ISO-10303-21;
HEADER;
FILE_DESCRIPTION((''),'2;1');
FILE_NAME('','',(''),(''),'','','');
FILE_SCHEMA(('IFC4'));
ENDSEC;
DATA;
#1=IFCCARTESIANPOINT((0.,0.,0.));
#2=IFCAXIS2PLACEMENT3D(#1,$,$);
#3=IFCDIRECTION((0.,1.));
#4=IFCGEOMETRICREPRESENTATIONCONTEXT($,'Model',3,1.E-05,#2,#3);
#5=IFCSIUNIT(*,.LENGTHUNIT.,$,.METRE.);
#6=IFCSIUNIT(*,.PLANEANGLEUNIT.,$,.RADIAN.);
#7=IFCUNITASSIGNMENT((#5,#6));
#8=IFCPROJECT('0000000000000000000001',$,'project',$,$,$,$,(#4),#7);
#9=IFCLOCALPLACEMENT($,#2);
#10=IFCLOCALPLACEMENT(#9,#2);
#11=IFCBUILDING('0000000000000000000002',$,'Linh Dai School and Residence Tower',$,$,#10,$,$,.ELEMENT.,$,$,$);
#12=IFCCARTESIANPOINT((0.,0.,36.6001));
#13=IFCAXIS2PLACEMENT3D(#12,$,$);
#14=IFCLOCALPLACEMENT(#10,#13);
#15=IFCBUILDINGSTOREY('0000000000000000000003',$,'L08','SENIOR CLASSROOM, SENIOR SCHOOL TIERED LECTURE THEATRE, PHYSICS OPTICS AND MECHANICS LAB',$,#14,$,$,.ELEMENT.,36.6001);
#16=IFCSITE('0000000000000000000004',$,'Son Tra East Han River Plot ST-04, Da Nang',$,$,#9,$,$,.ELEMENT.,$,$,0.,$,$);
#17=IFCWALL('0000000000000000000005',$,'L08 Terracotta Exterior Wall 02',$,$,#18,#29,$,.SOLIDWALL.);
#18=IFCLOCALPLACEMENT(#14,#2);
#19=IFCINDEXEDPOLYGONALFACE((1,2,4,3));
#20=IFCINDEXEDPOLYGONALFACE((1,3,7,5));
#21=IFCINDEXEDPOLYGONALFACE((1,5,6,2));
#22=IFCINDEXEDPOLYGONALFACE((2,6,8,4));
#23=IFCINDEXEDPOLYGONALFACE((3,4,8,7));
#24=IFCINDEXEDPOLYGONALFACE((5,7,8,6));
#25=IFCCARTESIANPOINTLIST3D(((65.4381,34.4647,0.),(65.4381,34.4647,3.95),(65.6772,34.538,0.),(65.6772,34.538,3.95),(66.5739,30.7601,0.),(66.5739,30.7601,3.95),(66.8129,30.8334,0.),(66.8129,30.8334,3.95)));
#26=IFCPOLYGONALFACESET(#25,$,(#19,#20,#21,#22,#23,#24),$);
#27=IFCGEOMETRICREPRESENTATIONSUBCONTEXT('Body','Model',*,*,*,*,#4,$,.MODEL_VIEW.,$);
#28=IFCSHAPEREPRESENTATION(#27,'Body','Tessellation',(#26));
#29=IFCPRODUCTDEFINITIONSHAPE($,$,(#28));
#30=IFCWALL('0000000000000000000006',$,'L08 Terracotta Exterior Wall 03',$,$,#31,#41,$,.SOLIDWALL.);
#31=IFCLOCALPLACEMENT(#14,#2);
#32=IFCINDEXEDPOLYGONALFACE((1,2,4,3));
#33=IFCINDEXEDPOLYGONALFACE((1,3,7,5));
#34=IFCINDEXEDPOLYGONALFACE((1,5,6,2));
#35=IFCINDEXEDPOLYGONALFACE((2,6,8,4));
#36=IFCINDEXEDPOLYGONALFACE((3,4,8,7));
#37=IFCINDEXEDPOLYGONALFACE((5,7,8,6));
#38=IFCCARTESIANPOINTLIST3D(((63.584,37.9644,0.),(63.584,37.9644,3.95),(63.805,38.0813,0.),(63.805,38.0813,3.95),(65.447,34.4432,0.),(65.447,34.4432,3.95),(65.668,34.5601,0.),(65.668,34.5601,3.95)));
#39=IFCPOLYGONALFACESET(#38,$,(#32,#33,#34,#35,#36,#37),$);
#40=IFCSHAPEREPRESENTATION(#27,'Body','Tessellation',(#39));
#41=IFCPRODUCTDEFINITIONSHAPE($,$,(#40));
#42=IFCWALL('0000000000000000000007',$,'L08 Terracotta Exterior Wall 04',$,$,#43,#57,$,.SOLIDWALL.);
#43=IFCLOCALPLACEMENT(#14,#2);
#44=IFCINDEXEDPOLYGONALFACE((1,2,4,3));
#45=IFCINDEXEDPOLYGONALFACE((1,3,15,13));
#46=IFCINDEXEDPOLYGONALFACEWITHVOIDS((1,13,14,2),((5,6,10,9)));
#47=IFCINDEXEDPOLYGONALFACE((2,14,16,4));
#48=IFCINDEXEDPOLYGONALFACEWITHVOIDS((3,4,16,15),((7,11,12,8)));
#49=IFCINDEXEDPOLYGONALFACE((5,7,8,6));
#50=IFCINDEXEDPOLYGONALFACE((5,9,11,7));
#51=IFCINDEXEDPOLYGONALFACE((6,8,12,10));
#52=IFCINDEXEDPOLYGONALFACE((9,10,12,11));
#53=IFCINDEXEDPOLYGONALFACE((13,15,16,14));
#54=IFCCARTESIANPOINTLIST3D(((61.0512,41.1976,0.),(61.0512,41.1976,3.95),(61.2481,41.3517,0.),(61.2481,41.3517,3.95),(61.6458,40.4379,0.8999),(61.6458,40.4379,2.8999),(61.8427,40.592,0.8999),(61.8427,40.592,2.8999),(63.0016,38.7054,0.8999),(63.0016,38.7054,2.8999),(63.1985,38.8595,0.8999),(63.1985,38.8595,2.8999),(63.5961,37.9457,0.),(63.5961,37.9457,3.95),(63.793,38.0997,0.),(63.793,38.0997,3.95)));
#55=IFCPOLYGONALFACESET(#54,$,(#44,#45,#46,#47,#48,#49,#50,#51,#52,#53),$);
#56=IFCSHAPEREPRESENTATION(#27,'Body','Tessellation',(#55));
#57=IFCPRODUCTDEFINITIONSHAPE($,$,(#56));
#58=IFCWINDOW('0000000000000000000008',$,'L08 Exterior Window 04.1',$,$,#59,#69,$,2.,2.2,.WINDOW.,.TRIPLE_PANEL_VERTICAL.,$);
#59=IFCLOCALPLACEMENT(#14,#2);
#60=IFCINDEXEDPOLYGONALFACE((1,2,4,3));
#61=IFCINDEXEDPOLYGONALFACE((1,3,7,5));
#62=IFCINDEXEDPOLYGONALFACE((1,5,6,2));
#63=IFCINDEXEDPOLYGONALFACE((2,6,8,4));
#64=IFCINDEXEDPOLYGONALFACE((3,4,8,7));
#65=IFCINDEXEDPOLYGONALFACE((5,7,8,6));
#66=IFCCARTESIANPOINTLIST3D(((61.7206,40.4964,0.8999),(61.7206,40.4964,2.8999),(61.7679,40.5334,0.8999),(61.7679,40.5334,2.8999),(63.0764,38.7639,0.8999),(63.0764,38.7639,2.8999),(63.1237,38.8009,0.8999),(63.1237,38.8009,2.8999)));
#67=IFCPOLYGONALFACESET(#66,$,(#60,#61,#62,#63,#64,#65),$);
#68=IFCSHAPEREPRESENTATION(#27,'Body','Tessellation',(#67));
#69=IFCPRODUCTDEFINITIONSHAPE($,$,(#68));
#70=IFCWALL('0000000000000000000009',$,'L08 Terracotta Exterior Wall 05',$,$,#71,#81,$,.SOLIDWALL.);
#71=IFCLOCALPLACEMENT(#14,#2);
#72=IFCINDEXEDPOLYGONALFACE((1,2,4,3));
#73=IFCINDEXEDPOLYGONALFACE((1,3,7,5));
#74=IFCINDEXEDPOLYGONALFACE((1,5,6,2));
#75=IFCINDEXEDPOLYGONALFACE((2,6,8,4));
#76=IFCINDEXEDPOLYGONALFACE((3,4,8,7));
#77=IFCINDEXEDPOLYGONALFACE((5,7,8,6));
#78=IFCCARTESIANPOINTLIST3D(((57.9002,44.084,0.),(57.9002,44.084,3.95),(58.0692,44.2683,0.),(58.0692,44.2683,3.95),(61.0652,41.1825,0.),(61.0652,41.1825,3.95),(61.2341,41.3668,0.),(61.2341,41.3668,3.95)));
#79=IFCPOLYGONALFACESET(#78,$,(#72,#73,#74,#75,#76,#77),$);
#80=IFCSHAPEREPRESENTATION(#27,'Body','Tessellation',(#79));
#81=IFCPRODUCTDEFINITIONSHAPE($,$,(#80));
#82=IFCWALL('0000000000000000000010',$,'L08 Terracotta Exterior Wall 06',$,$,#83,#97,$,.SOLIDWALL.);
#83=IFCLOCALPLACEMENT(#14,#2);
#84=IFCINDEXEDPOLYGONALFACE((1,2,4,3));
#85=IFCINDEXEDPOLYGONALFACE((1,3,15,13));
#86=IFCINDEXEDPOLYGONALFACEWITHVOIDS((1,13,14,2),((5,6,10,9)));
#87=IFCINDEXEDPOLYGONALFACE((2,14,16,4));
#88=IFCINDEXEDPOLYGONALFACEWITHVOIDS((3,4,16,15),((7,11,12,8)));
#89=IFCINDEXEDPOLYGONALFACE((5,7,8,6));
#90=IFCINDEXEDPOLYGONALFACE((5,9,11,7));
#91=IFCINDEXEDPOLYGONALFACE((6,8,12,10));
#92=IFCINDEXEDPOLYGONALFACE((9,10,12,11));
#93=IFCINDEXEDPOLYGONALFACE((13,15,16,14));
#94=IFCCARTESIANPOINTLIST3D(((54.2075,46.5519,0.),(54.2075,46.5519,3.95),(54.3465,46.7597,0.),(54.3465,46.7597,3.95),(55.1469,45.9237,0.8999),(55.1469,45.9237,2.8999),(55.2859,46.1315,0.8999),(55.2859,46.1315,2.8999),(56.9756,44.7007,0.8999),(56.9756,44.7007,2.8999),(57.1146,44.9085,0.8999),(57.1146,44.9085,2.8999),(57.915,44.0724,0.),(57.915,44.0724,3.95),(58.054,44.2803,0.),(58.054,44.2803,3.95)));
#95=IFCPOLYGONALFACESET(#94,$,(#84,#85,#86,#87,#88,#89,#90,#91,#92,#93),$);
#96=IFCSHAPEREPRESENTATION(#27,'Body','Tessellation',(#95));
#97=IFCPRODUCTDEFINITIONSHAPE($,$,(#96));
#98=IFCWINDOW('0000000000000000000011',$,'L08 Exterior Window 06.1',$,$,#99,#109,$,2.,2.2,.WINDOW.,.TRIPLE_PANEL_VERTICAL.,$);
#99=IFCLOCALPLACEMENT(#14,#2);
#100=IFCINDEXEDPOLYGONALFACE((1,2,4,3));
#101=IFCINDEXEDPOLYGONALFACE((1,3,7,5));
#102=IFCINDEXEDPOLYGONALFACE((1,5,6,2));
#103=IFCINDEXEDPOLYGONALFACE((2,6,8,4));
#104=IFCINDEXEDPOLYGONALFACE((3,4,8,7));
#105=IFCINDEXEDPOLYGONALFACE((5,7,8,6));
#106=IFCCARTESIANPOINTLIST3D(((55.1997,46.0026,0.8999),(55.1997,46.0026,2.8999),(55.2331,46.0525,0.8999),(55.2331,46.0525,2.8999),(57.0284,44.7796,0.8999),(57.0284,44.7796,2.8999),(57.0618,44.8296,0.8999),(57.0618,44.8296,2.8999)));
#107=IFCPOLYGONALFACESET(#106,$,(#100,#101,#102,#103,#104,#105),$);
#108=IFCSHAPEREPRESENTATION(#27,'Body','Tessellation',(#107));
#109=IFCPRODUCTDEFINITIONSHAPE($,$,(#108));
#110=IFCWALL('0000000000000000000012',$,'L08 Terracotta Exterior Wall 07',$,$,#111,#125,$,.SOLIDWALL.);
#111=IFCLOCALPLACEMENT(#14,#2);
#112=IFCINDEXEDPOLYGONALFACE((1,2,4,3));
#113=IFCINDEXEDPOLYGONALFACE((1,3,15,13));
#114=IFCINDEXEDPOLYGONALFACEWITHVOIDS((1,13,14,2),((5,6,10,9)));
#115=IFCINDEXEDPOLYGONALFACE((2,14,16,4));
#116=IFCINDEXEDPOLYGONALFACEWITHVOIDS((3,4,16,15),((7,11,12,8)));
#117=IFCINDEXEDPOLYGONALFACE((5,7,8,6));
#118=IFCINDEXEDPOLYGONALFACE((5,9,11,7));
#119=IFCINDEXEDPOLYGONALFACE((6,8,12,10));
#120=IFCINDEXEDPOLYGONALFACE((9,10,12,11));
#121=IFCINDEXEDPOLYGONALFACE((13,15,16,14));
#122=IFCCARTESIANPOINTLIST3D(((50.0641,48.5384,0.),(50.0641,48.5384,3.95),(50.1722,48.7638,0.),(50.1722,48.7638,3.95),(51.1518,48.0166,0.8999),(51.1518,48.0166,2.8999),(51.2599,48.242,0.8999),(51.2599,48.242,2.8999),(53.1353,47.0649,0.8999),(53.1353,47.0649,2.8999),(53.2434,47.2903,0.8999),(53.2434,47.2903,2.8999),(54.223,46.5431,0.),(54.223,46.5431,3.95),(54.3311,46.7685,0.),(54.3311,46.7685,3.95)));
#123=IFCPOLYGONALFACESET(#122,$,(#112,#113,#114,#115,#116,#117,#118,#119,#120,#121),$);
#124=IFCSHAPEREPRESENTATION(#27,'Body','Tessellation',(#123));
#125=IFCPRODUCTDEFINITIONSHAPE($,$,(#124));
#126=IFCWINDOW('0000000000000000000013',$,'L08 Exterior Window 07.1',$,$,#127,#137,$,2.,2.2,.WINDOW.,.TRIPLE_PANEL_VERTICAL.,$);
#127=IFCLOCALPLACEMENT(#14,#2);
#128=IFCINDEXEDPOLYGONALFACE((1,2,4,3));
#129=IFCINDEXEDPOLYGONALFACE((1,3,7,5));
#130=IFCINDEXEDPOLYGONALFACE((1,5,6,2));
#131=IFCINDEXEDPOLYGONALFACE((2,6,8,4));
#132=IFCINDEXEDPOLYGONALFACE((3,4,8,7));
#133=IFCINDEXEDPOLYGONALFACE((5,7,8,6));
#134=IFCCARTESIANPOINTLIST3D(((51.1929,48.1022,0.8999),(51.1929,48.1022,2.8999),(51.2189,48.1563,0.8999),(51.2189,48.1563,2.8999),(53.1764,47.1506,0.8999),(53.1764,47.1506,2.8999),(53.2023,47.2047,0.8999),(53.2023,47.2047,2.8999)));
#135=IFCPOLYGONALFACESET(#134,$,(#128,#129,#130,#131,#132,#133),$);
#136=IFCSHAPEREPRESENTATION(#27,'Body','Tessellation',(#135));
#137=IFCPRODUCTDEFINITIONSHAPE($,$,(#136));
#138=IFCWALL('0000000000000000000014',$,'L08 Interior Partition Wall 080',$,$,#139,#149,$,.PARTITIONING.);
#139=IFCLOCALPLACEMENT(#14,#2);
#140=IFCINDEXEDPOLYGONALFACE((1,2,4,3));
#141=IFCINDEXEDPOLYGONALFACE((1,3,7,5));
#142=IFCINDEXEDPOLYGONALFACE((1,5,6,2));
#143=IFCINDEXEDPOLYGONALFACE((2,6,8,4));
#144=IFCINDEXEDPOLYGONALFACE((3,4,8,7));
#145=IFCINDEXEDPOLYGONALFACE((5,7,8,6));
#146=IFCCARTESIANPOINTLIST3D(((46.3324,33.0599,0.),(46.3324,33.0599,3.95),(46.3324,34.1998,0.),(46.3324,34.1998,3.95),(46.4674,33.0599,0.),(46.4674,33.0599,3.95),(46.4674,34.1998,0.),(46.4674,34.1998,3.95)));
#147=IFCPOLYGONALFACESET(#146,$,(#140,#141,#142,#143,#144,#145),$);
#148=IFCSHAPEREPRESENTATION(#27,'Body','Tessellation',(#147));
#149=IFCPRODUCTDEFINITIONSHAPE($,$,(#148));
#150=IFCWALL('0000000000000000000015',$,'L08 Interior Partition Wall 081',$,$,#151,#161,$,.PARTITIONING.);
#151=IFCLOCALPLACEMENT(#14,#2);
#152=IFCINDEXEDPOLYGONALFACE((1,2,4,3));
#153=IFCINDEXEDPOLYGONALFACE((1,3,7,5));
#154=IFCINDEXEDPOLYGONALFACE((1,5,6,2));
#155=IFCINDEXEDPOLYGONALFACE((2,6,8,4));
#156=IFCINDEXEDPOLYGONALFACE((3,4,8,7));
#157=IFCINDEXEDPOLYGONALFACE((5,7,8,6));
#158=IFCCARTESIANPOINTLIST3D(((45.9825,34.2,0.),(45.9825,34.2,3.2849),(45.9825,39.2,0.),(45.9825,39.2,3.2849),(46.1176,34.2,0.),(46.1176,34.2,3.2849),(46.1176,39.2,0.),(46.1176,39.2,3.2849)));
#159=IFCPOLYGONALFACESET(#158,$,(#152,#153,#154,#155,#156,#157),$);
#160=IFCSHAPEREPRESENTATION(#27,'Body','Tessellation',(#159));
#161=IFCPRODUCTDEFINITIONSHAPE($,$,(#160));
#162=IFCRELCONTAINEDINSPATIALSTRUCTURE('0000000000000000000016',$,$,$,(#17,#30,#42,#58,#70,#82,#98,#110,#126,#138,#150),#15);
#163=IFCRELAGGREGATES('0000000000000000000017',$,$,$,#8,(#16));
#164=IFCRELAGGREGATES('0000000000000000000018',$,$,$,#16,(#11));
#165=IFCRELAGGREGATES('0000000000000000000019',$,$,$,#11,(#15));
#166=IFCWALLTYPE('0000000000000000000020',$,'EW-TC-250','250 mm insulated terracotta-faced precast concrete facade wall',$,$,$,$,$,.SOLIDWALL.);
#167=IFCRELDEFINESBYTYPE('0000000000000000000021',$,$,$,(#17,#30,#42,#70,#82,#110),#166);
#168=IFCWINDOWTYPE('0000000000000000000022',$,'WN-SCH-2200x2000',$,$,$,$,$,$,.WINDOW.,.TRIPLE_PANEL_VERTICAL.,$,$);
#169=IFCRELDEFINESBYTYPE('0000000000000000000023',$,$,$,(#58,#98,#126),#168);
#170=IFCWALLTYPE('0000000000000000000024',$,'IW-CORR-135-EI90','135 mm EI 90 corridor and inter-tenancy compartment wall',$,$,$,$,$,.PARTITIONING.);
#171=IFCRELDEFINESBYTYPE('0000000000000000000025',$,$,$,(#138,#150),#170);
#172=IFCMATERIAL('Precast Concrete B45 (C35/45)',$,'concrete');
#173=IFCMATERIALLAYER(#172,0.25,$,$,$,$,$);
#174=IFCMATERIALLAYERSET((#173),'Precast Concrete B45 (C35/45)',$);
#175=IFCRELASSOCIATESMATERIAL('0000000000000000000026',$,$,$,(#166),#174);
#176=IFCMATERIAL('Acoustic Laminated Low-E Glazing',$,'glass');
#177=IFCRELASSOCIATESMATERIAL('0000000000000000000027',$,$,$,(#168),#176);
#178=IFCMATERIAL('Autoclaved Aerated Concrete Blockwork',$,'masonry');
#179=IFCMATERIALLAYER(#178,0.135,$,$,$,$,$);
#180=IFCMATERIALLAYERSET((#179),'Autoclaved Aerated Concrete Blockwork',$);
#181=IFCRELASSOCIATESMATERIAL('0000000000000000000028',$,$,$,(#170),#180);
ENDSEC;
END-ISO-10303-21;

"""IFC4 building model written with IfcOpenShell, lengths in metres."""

from ifc_helpers import new_model, si_unit, direction, frame, frame_2d, origin, origin_2d, place, context, subcontext, project, spatial, rectangle, extrude, source, transform, mapped, material, layer, layer_set, type_object, element, fill, save


model = new_model("IFC4")

# Units and contexts
model_context = context("Model", 3, precision=1e-05, world=origin(), true_north=direction((0.0, 1.0)))
body_context = subcontext(model_context, "Body", "Model", "MODEL_VIEW")
ifc_project = project(units=[si_unit("LENGTHUNIT", "METRE"), si_unit("PLANEANGLEUNIT", "RADIAN")], contexts=[model_context])

# Site, building, storey
site_placement = place(None, origin())
site = spatial("IfcSite", under=ifc_project, at=site_placement, Name="Son Tra East Han River Plot ST-04, Da Nang", CompositionType="ELEMENT", RefElevation=0.0)
building_placement = place(site_placement, origin())
building = spatial("IfcBuilding", under=site, at=building_placement, Name="Linh Dai School and Residence Tower", CompositionType="ELEMENT")
storey_placement = place(building_placement, frame((0.0, 0.0, 36.6001)))
storey = spatial("IfcBuildingStorey", under=building, at=storey_placement, Name="L08", Description="SENIOR CLASSROOM, SENIOR SCHOOL TIERED LECTURE THEATRE, PHYSICS OPTICS AND MECHANICS LAB", CompositionType="ELEMENT", Elevation=36.6001)

# Shared definitions
ifc_material_1 = material(Name="Precast Concrete B45 (C35/45)", Category="concrete")

# Walls
ifc_layer_1 = layer(ifc_material_1, 0.25)
ifc_layer_set_1 = layer_set([ifc_layer_1], Name="Precast Concrete B45 (C35/45)")
wall_type_1 = type_object("IfcWallType", Name="EW-TC-250", Description="250 mm insulated terracotta-faced precast concrete facade wall", PredefinedType="SOLIDWALL", material=ifc_layer_set_1)
wall_1_placement = place(storey_placement, frame((65.5576, 34.5015, 0.0), z_axis=(0.0, 0.0, 1.0), x_axis=(0.293112, -0.956078, 0.0)))
element("IfcWall", 1, at=wall_1_placement, inside=storey, type_object=wall_type_1, Name="L08 Terracotta Exterior Wall 02", PredefinedType="SOLIDWALL", context=body_context, shape_type="SweptSolid", body=[
    extrude(rectangle(XDim=3.8748, YDim=0.25, at=frame_2d((1.9375, 0.0))), origin(), (0.0, 0.0, 1.0), 3.95),
])
wall_2_placement = place(storey_placement, frame((63.6946, 38.0227, 0.0), z_axis=(0.0, 0.0, 1.0), x_axis=(0.467662, -0.883907, 0.0)))
element("IfcWall", 2, at=wall_2_placement, inside=storey, type_object=wall_type_1, Name="L08 Terracotta Exterior Wall 03", PredefinedType="SOLIDWALL", context=body_context, shape_type="SweptSolid", body=[
    extrude(rectangle(XDim=3.9836, YDim=0.25, at=frame_2d((1.9917, 0.0))), origin(), (0.0, 0.0, 1.0), 3.95),
])

# Wall, opening, window
wall_3_placement = place(storey_placement, frame((61.1497, 41.2747, 0.0), z_axis=(0.0, 0.0, 1.0), x_axis=(0.616296, -0.787515, 0.0)))
wall_3 = element("IfcWall", 3, at=wall_3_placement, inside=storey, type_object=wall_type_1, Name="L08 Terracotta Exterior Wall 04", PredefinedType="SOLIDWALL", context=body_context, shape_type="SweptSolid", body=[
    extrude(rectangle(XDim=4.1294, YDim=0.25, at=frame_2d((2.0647, 0.0))), origin(), (0.0, 0.0, 1.0), 3.95),
])
opening_1_placement = place(wall_3_placement, frame((0.9646, 0.0, 0.8999)))
opening_1 = element("IfcOpeningElement", 4, at=opening_1_placement, cuts=wall_3, PredefinedType="OPENING", context=body_context, shape_type="SweptSolid", body=[
    extrude(rectangle(XDim=2.2, YDim=2.0, at=origin_2d()), frame((1.1001, 0.135, 1.0), z_axis=(0.0, -1.0, 0.0), x_axis=(1.0, 0.0, 0.0)), (0.0, 0.0, 1.0), 0.27),
])
ifc_material_2 = material(Name="Acoustic Laminated Low-E Glazing", Category="glass")
window_type = type_object("IfcWindowType", Name="WN-SCH-2200x2000", PartitioningType="TRIPLE_PANEL_VERTICAL", PredefinedType="WINDOW", material=ifc_material_2)
shared_shape_1 = source(origin(), body_context, "Body", "SweptSolid", [
    extrude(rectangle(XDim=2.2, YDim=2.0, at=origin_2d()), frame((1.1001, 0.03, 1.0), z_axis=(0.0, -1.0, 0.0), x_axis=(1.0, 0.0, 0.0)), (0.0, 0.0, 1.0), 0.0601),
])
window_1_placement = place(opening_1_placement, origin())
window_1 = element("IfcWindow", 5, at=window_1_placement, inside=storey, type_object=window_type, Name="L08 Exterior Window 04.1", OverallHeight=2.0, OverallWidth=2.2, PartitioningType="TRIPLE_PANEL_VERTICAL", PredefinedType="WINDOW", context=body_context, shape_type="MappedRepresentation", body=[
    mapped(shared_shape_1, transform((0.0, 0.0, 0.0), x_axis=(1.0, 0.0, 0.0), y_axis=(0.0, 1.0, 0.0), z_axis=(0.0, 0.0, 1.0), scale=1.0)),
])
fill(opening_1, window_1)

# Wall
wall_4_placement = place(storey_placement, frame((57.9846, 44.1763, 0.0), z_axis=(0.0, 0.0, 1.0), x_axis=(0.737116, -0.675766, 0.0)))
element("IfcWall", 6, at=wall_4_placement, inside=storey, type_object=wall_type_1, Name="L08 Terracotta Exterior Wall 05", PredefinedType="SOLIDWALL", context=body_context, shape_type="SweptSolid", body=[
    extrude(rectangle(XDim=4.2937, YDim=0.25, at=frame_2d((2.147, 0.0))), origin(), (0.0, 0.0, 1.0), 3.95),
])

# Walls, openings, windows
wall_5_placement = place(storey_placement, frame((54.2771, 46.6558, 0.0), z_axis=(0.0, 0.0, 1.0), x_axis=(0.831241, -0.555912, 0.0)))
wall_5 = element("IfcWall", 7, at=wall_5_placement, inside=storey, type_object=wall_type_1, Name="L08 Terracotta Exterior Wall 06", PredefinedType="SOLIDWALL", context=body_context, shape_type="SweptSolid", body=[
    extrude(rectangle(XDim=4.4602, YDim=0.25, at=frame_2d((2.23, 0.0))), origin(), (0.0, 0.0, 1.0), 3.95),
])
opening_2_placement = place(wall_5_placement, frame((1.1299, 0.0, 0.8999)))
opening_2 = element("IfcOpeningElement", 8, at=opening_2_placement, cuts=wall_5, PredefinedType="OPENING", context=body_context, shape_type="SweptSolid", body=[
    extrude(rectangle(XDim=2.2, YDim=2.0, at=origin_2d()), frame((1.1001, 0.135, 1.0), z_axis=(0.0, -1.0, 0.0), x_axis=(1.0, 0.0, 0.0)), (0.0, 0.0, 1.0), 0.27),
])
window_2_placement = place(opening_2_placement, origin())
window_2 = element("IfcWindow", 9, at=window_2_placement, inside=storey, type_object=window_type, Name="L08 Exterior Window 06.1", OverallHeight=2.0, OverallWidth=2.2, PartitioningType="TRIPLE_PANEL_VERTICAL", PredefinedType="WINDOW", context=body_context, shape_type="MappedRepresentation", body=[
    mapped(shared_shape_1, transform((0.0, 0.0, 0.0), x_axis=(1.0, 0.0, 0.0), y_axis=(0.0, 1.0, 0.0), z_axis=(0.0, 0.0, 1.0), scale=1.0)),
])
fill(opening_2, window_2)
wall_6_placement = place(storey_placement, frame((50.1182, 48.6511, 0.0), z_axis=(0.0, 0.0, 1.0), x_axis=(0.901602, -0.432568, 0.0)))
wall_6 = element("IfcWall", 10, at=wall_6_placement, inside=storey, type_object=wall_type_1, Name="L08 Terracotta Exterior Wall 07", PredefinedType="SOLIDWALL", context=body_context, shape_type="SweptSolid", body=[
    extrude(rectangle(XDim=4.6128, YDim=0.25, at=frame_2d((2.3064, 0.0))), origin(), (0.0, 0.0, 1.0), 3.95),
])
opening_3_placement = place(wall_6_placement, frame((1.2063, 0.0, 0.8999)))
opening_3 = element("IfcOpeningElement", 11, at=opening_3_placement, cuts=wall_6, PredefinedType="OPENING", context=body_context, shape_type="SweptSolid", body=[
    extrude(rectangle(XDim=2.2, YDim=2.0, at=origin_2d()), frame((1.1001, 0.135, 1.0), z_axis=(0.0, -1.0, 0.0), x_axis=(1.0, 0.0, 0.0)), (0.0, 0.0, 1.0), 0.27),
])
window_3_placement = place(opening_3_placement, origin())
window_3 = element("IfcWindow", 12, at=window_3_placement, inside=storey, type_object=window_type, Name="L08 Exterior Window 07.1", OverallHeight=2.0, OverallWidth=2.2, PartitioningType="TRIPLE_PANEL_VERTICAL", PredefinedType="WINDOW", context=body_context, shape_type="MappedRepresentation", body=[
    mapped(shared_shape_1, transform((0.0, 0.0, 0.0), x_axis=(1.0, 0.0, 0.0), y_axis=(0.0, 1.0, 0.0), z_axis=(0.0, 0.0, 1.0), scale=1.0)),
])
fill(opening_3, window_3)

# Walls
ifc_material_3 = material(Name="Autoclaved Aerated Concrete Blockwork", Category="masonry")
ifc_layer_2 = layer(ifc_material_3, 0.135)
ifc_layer_set_2 = layer_set([ifc_layer_2], Name="Autoclaved Aerated Concrete Blockwork")
wall_type_2 = type_object("IfcWallType", Name="IW-CORR-135-EI90", Description="135 mm EI 90 corridor and inter-tenancy compartment wall", PredefinedType="PARTITIONING", material=ifc_layer_set_2)
wall_7_placement = place(storey_placement, frame((46.3999, 33.0601, 0.0), z_axis=(0.0, 0.0, 1.0), x_axis=(0.0, 1.0, 0.0)))
element("IfcWall", 13, at=wall_7_placement, inside=storey, type_object=wall_type_2, Name="L08 Interior Partition Wall 080", PredefinedType="PARTITIONING", context=body_context, shape_type="SweptSolid", body=[
    extrude(rectangle(XDim=1.1399, YDim=0.135, at=frame_2d((0.5698, 0.0))), origin(), (0.0, 0.0, 1.0), 3.95),
])
wall_8_placement = place(storey_placement, frame((46.05, 34.2, 0.0), z_axis=(0.0, 0.0, 1.0), x_axis=(0.0, 1.0, 0.0)))
element("IfcWall", 14, at=wall_8_placement, inside=storey, type_object=wall_type_2, Name="L08 Interior Partition Wall 081", PredefinedType="PARTITIONING", context=body_context, shape_type="SweptSolid", body=[
    extrude(rectangle(XDim=5.0, YDim=0.135, at=frame_2d((2.5, 0.0))), origin(), (0.0, 0.0, 1.0), 3.2849),
])

save(model, "model.ifc")
